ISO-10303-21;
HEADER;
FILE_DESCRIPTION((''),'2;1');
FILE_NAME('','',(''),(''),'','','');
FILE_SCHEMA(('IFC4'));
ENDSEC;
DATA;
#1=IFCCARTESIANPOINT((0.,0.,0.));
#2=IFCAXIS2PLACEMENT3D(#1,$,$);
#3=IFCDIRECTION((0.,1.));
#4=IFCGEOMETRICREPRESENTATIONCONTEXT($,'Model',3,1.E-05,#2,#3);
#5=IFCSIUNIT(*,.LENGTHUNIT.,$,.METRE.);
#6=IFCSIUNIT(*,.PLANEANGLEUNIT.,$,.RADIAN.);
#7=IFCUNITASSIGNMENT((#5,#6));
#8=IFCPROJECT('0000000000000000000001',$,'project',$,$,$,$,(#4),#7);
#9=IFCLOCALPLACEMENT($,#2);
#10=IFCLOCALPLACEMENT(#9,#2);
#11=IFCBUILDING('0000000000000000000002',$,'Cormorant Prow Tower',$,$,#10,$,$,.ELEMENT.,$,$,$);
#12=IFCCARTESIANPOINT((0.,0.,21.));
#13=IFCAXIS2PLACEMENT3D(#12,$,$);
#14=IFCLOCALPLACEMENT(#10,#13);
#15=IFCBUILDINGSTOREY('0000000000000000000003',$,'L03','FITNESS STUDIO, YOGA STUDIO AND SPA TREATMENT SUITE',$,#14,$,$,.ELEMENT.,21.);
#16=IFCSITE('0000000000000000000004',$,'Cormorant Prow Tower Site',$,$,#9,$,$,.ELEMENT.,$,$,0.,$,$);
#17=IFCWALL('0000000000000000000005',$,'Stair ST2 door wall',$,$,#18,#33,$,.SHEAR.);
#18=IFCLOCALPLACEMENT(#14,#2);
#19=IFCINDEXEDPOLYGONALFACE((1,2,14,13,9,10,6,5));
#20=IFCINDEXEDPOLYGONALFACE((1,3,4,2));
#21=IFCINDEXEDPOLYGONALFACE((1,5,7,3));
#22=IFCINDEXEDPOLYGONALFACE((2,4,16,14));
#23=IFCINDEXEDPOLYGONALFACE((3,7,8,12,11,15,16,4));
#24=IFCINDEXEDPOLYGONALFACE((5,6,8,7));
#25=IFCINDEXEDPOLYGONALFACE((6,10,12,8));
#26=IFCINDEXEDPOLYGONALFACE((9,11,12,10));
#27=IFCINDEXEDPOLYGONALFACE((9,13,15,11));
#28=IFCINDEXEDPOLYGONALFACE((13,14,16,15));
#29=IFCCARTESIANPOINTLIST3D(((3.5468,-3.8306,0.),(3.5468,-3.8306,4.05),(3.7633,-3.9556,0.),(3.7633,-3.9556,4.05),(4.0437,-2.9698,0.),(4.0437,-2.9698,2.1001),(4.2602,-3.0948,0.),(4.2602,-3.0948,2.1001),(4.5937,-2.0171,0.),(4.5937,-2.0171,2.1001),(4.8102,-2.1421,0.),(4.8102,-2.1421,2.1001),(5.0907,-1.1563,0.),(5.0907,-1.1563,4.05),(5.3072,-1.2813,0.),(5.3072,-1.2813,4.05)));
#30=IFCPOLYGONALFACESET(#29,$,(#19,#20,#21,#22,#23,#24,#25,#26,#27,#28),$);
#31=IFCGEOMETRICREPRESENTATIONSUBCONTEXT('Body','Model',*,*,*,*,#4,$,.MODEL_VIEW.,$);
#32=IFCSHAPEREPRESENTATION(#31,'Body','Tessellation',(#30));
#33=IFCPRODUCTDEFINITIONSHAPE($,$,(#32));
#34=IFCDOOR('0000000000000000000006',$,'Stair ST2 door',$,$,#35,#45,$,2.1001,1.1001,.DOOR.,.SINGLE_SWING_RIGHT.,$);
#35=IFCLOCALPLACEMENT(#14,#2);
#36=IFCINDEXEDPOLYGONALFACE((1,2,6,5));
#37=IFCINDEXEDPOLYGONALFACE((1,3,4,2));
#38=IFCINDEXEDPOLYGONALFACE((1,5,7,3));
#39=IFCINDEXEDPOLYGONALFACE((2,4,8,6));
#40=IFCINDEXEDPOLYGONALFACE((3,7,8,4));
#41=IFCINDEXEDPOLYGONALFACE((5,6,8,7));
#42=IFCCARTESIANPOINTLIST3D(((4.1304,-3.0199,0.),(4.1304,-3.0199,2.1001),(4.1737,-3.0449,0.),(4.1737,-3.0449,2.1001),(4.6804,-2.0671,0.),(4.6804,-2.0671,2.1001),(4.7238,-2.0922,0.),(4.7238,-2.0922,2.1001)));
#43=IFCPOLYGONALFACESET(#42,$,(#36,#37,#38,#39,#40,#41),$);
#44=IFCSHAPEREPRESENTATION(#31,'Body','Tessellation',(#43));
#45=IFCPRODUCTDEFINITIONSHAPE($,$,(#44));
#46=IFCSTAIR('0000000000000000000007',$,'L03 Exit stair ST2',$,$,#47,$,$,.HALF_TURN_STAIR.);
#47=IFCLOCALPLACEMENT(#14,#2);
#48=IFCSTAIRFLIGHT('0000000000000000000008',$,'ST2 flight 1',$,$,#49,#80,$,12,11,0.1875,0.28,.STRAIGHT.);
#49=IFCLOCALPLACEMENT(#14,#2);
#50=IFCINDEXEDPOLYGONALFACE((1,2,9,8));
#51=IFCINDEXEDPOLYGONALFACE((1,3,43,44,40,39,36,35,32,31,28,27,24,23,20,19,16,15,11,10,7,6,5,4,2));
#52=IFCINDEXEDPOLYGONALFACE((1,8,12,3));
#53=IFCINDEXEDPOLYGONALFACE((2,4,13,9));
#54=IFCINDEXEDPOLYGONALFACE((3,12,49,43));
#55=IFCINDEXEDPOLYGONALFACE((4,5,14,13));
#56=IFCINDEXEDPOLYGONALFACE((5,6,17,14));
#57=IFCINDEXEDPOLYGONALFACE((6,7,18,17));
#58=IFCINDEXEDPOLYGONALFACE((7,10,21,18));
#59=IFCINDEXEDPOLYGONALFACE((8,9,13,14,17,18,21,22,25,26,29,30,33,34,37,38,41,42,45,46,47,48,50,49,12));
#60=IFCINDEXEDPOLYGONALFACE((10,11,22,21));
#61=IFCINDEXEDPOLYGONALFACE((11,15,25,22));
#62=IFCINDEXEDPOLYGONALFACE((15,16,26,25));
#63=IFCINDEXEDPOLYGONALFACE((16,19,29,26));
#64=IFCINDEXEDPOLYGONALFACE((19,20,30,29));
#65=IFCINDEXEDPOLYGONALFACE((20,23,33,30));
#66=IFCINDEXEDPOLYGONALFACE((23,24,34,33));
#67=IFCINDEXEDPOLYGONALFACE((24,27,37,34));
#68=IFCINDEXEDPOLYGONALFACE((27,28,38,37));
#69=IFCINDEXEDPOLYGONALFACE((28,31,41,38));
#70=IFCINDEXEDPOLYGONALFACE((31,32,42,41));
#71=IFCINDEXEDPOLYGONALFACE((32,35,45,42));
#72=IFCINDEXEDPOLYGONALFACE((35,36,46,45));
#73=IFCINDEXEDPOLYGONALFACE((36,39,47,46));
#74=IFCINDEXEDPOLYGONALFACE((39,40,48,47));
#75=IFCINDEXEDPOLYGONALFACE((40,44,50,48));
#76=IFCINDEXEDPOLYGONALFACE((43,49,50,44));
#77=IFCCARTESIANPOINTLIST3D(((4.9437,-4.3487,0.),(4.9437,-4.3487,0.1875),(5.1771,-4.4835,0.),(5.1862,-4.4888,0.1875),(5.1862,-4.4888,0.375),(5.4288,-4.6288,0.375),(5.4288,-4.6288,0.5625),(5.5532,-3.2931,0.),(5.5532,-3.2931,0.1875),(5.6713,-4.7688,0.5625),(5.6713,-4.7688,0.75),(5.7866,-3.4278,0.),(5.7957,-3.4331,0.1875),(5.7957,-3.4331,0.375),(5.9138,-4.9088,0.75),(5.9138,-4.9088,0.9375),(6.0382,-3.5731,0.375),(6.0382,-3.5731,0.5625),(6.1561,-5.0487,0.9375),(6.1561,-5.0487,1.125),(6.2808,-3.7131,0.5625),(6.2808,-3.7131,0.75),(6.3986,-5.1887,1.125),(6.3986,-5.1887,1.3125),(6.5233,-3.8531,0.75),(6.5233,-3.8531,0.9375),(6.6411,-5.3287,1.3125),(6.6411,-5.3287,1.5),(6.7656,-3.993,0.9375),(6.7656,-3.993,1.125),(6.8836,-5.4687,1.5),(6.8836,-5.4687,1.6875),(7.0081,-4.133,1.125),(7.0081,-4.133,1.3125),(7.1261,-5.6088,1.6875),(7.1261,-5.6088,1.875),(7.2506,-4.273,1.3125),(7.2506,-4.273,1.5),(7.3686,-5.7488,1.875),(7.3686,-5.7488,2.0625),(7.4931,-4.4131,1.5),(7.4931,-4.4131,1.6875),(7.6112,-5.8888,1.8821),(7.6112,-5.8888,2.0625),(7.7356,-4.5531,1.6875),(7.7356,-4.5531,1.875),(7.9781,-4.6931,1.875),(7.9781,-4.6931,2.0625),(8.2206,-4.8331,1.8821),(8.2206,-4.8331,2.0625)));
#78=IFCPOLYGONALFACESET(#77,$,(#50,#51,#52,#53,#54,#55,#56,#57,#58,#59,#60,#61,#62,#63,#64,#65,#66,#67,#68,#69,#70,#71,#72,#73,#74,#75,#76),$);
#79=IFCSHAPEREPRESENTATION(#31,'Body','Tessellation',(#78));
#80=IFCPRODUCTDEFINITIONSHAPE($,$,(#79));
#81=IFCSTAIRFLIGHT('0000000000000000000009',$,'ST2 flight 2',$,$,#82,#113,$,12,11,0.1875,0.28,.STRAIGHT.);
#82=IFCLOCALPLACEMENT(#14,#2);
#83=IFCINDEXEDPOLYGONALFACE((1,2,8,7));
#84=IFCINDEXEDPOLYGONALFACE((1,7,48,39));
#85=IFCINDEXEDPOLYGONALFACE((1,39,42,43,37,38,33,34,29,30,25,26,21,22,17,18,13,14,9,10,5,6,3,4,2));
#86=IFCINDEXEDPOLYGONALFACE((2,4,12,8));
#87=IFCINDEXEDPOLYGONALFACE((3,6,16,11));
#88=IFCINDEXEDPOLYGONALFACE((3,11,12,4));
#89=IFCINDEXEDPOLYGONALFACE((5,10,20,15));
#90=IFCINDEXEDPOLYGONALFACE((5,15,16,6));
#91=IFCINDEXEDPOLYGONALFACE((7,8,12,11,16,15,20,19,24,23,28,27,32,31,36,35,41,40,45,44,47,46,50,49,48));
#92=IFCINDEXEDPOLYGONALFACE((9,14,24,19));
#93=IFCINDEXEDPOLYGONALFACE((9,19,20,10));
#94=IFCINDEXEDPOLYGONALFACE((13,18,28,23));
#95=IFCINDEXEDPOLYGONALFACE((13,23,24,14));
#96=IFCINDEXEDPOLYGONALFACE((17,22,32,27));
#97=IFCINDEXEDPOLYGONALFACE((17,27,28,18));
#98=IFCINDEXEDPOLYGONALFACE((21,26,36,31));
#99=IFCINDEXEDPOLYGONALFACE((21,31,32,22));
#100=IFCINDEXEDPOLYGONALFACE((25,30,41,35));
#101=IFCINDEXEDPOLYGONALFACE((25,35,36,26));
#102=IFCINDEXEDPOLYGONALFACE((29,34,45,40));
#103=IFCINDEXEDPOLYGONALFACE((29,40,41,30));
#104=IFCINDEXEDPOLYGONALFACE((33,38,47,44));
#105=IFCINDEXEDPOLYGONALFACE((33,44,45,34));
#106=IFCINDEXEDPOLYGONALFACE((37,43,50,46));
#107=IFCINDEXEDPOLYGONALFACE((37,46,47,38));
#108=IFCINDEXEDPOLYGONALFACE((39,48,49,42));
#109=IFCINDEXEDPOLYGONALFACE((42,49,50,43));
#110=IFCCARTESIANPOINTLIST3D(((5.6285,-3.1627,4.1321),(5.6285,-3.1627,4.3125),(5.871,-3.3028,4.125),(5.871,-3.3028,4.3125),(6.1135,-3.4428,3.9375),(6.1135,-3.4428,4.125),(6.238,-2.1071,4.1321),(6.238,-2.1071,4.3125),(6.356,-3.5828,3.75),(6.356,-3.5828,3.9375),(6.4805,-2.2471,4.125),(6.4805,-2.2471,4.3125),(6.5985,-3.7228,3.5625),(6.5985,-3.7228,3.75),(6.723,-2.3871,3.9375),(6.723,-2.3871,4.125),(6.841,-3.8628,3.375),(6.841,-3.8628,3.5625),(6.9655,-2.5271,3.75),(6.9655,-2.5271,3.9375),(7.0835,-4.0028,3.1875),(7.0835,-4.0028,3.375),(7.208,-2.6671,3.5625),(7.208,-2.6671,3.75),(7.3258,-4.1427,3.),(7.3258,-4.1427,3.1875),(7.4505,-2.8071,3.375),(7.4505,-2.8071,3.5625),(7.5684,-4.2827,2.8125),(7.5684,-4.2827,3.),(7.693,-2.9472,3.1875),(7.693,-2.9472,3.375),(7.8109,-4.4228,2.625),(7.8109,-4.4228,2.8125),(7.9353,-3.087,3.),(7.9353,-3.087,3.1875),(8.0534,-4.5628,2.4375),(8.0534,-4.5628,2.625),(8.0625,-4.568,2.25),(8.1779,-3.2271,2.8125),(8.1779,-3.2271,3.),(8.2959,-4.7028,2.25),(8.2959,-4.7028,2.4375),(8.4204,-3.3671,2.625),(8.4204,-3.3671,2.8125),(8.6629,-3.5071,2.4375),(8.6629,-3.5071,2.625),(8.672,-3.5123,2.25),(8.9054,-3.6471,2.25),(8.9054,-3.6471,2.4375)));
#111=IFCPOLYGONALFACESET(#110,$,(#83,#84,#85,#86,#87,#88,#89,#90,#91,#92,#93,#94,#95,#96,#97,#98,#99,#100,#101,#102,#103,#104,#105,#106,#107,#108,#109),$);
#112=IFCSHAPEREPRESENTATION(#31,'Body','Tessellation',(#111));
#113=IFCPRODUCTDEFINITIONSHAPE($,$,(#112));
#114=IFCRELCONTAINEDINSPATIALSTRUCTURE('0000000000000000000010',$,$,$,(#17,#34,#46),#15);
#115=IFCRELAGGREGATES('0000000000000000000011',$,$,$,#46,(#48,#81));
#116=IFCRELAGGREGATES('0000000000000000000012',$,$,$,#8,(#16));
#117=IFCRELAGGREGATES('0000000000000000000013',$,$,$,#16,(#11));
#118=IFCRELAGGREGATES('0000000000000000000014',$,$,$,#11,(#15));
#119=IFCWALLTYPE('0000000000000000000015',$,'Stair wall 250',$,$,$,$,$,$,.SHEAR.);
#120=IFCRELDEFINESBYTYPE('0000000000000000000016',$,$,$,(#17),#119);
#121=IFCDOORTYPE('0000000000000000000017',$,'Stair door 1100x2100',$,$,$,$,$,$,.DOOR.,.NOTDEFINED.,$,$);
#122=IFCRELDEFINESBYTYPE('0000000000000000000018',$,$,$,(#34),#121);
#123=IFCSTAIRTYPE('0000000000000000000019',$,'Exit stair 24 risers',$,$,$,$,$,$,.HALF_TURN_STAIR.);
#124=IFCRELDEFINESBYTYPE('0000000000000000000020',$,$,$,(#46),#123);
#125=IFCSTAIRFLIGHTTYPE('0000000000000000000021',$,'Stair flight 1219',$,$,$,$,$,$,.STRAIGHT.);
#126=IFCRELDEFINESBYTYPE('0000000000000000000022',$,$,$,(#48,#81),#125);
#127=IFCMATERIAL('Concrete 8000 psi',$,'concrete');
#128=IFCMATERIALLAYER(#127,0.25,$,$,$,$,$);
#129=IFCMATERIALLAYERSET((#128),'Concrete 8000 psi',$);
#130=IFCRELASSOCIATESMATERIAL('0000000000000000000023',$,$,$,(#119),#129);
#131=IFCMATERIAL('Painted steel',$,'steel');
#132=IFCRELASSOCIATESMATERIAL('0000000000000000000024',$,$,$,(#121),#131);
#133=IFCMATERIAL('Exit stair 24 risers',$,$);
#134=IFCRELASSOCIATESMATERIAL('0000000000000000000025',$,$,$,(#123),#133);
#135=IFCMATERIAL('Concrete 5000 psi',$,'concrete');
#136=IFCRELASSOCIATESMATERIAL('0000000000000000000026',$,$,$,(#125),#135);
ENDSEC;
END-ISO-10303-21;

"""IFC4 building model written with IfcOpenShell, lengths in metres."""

from ifc_helpers import new_model, si_unit, direction, frame, frame_2d, origin, place, context, subcontext, project, spatial, polyline, rectangle, outline, extrude, material, layer, layer_set, type_object, element, fill, aggregate, save


model = new_model("IFC4")

# Units and contexts
model_context = context("Model", 3, precision=1e-05, world=origin(), true_north=direction((0.0, 1.0)))
body_context = subcontext(model_context, "Body", "Model", "MODEL_VIEW")
ifc_project = project(units=[si_unit("LENGTHUNIT", "METRE"), si_unit("PLANEANGLEUNIT", "RADIAN")], contexts=[model_context])

# Site, building, storey
site_placement = place(None, origin())
site = spatial("IfcSite", under=ifc_project, at=site_placement, Name="Cormorant Prow Tower Site", CompositionType="ELEMENT", RefElevation=0.0)
building_placement = place(site_placement, origin())
building = spatial("IfcBuilding", under=site, at=building_placement, Name="Cormorant Prow Tower", CompositionType="ELEMENT")
storey_placement = place(building_placement, frame((0.0, 0.0, 21.0)))
storey = spatial("IfcBuildingStorey", under=building, at=storey_placement, Name="L03", Description="FITNESS STUDIO, YOGA STUDIO AND SPA TREATMENT SUITE", CompositionType="ELEMENT", Elevation=21.0)

# Wall, opening, door
ifc_material_1 = material(Name="Concrete 8000 psi", Category="concrete")
ifc_layer_1 = layer(ifc_material_1, 0.25)
ifc_layer_set_1 = layer_set([ifc_layer_1], Name="Concrete 8000 psi")
wall_type_1 = type_object("IfcWallType", Name="Stair wall 250", PredefinedType="SHEAR", material=ifc_layer_set_1)
wall_1_placement = place(storey_placement, frame((3.655, -3.8931, 0.0), z_axis=(0.0, 0.0, 1.0), x_axis=(0.499983, 0.866035, 0.0)))
wall_1 = element("IfcWall", 1, at=wall_1_placement, inside=storey, type_object=wall_type_1, Name="Stair ST2 door wall", PredefinedType="SHEAR", context=body_context, shape_type="SweptSolid", body=[
    extrude(rectangle(XDim=3.0879, YDim=0.25, at=frame_2d((1.5439, 0.0))), origin(), (0.0, 0.0, 1.0), 4.05),
])
opening_1_placement = place(wall_1_placement, frame((0.9939, 0.0, 0.0)))
opening_1 = element("IfcOpeningElement", 2, at=opening_1_placement, cuts=wall_1, PredefinedType="OPENING", context=body_context, shape_type="SweptSolid", body=[
    extrude(rectangle(XDim=1.1001, YDim=2.1001, at=frame_2d((0.55, 1.05))), frame((0.0, 0.135, 0.0), z_axis=(0.0, -1.0, 0.0), x_axis=(1.0, 0.0, 0.0)), (0.0, 0.0, 1.0), 0.27),
])
ifc_material_2 = material(Name="Painted steel", Category="steel")
door_type_1 = type_object("IfcDoorType", Name="Stair door 1100x2100", OperationType="NOTDEFINED", PredefinedType="DOOR", material=ifc_material_2)
door_1_placement = place(opening_1_placement, origin())
door_1 = element("IfcDoor", 3, at=door_1_placement, inside=storey, type_object=door_type_1, Name="Stair ST2 door", OperationType="SINGLE_SWING_RIGHT", OverallHeight=2.1001, OverallWidth=1.1001, PredefinedType="DOOR", context=body_context, shape_type="SweptSolid", body=[
    extrude(rectangle(XDim=1.1001, YDim=2.1001, at=frame_2d((0.55, 1.05))), frame((0.0, 0.0249, 0.0), z_axis=(0.0, -1.0, 0.0), x_axis=(1.0, 0.0, 0.0)), (0.0, 0.0, 1.0), 0.05),
])
fill(opening_1, door_1)

# Stair, stair flights
ifc_material_3 = material(Name="Exit stair 24 risers")
stair_type = type_object("IfcStairType", Name="Exit stair 24 risers", PredefinedType="HALF_TURN_STAIR", material=ifc_material_3)
stair_placement = place(storey_placement, origin())
stair = element("IfcStair", 4, at=stair_placement, inside=storey, type_object=stair_type, Name="L03 Exit stair ST2", PredefinedType="HALF_TURN_STAIR")
ifc_material_4 = material(Name="Concrete 5000 psi", Category="concrete")
stair_flight_type = type_object("IfcStairFlightType", Name="Stair flight 1219", PredefinedType="STRAIGHT", material=ifc_material_4)
stair_flight_1_placement = place(storey_placement, frame((5.2485, -3.8208, 0.0), z_axis=(0.0, 0.0, 1.0), x_axis=(0.866025, -0.5, 0.0)))
stair_flight_1 = element("IfcStairFlight", 5, at=stair_flight_1_placement, type_object=stair_flight_type, Name="ST2 flight 1", NumberOfRisers=12, NumberOfTreads=11, PredefinedType="STRAIGHT", RiserHeight=0.1875, TreadLength=0.28, context=body_context, shape_type="SweptSolid", body=[
    extrude(outline(polyline([(0.0, 0.0), (0.0, 0.1875), (0.28, 0.1875), (0.28, 0.375), (0.5601, 0.375), (0.5601, 0.5625), (0.8401, 0.5625), (0.8401, 0.75), (1.1201, 0.75), (1.1201, 0.9375), (1.3999, 0.9375), (1.3999, 1.125), (1.6799, 1.125), (1.6799, 1.3125), (1.96, 1.3125), (1.96, 1.5), (2.24, 1.5), (2.24, 1.6875), (2.52, 1.6875), (2.52, 1.875), (2.8, 1.875), (2.8, 2.0625), (3.0801, 2.0625), (3.0801, 2.25), (3.0801, 1.8821), (0.2695, 0.0), (0.0, 0.0)])), frame((0.0, 0.6094, 0.0), z_axis=(0.0, -1.0, 0.0), x_axis=(1.0, 0.0, 0.0)), (0.0, 0.0, 1.0), 1.219),
])
stair_flight_2_placement = place(storey_placement, frame((8.6006, -4.175, 2.25), z_axis=(0.0, 0.0, 1.0), x_axis=(-0.866025, 0.5, 0.0)))
stair_flight_2 = element("IfcStairFlight", 6, at=stair_flight_2_placement, type_object=stair_flight_type, Name="ST2 flight 2", NumberOfRisers=12, NumberOfTreads=11, PredefinedType="STRAIGHT", RiserHeight=0.1875, TreadLength=0.28, context=body_context, shape_type="SweptSolid", body=[
    extrude(outline(polyline([(0.0, 0.0), (0.0, 0.1875), (0.28, 0.1875), (0.28, 0.375), (0.5601, 0.375), (0.5601, 0.5625), (0.8401, 0.5625), (0.8401, 0.75), (1.1201, 0.75), (1.1201, 0.9375), (1.3999, 0.9375), (1.3999, 1.125), (1.6799, 1.125), (1.6799, 1.3125), (1.96, 1.3125), (1.96, 1.5), (2.24, 1.5), (2.24, 1.6875), (2.52, 1.6875), (2.52, 1.875), (2.8, 1.875), (2.8, 2.0625), (3.0801, 2.0625), (3.0801, 2.25), (3.0801, 1.8821), (0.2695, 0.0), (0.0, 0.0)])), frame((0.0, 0.6094, 0.0), z_axis=(0.0, -1.0, 0.0), x_axis=(1.0, 0.0, 0.0)), (0.0, 0.0, 1.0), 1.219),
])
aggregate(stair, [stair_flight_1, stair_flight_2])

save(model, "model.ifc")
